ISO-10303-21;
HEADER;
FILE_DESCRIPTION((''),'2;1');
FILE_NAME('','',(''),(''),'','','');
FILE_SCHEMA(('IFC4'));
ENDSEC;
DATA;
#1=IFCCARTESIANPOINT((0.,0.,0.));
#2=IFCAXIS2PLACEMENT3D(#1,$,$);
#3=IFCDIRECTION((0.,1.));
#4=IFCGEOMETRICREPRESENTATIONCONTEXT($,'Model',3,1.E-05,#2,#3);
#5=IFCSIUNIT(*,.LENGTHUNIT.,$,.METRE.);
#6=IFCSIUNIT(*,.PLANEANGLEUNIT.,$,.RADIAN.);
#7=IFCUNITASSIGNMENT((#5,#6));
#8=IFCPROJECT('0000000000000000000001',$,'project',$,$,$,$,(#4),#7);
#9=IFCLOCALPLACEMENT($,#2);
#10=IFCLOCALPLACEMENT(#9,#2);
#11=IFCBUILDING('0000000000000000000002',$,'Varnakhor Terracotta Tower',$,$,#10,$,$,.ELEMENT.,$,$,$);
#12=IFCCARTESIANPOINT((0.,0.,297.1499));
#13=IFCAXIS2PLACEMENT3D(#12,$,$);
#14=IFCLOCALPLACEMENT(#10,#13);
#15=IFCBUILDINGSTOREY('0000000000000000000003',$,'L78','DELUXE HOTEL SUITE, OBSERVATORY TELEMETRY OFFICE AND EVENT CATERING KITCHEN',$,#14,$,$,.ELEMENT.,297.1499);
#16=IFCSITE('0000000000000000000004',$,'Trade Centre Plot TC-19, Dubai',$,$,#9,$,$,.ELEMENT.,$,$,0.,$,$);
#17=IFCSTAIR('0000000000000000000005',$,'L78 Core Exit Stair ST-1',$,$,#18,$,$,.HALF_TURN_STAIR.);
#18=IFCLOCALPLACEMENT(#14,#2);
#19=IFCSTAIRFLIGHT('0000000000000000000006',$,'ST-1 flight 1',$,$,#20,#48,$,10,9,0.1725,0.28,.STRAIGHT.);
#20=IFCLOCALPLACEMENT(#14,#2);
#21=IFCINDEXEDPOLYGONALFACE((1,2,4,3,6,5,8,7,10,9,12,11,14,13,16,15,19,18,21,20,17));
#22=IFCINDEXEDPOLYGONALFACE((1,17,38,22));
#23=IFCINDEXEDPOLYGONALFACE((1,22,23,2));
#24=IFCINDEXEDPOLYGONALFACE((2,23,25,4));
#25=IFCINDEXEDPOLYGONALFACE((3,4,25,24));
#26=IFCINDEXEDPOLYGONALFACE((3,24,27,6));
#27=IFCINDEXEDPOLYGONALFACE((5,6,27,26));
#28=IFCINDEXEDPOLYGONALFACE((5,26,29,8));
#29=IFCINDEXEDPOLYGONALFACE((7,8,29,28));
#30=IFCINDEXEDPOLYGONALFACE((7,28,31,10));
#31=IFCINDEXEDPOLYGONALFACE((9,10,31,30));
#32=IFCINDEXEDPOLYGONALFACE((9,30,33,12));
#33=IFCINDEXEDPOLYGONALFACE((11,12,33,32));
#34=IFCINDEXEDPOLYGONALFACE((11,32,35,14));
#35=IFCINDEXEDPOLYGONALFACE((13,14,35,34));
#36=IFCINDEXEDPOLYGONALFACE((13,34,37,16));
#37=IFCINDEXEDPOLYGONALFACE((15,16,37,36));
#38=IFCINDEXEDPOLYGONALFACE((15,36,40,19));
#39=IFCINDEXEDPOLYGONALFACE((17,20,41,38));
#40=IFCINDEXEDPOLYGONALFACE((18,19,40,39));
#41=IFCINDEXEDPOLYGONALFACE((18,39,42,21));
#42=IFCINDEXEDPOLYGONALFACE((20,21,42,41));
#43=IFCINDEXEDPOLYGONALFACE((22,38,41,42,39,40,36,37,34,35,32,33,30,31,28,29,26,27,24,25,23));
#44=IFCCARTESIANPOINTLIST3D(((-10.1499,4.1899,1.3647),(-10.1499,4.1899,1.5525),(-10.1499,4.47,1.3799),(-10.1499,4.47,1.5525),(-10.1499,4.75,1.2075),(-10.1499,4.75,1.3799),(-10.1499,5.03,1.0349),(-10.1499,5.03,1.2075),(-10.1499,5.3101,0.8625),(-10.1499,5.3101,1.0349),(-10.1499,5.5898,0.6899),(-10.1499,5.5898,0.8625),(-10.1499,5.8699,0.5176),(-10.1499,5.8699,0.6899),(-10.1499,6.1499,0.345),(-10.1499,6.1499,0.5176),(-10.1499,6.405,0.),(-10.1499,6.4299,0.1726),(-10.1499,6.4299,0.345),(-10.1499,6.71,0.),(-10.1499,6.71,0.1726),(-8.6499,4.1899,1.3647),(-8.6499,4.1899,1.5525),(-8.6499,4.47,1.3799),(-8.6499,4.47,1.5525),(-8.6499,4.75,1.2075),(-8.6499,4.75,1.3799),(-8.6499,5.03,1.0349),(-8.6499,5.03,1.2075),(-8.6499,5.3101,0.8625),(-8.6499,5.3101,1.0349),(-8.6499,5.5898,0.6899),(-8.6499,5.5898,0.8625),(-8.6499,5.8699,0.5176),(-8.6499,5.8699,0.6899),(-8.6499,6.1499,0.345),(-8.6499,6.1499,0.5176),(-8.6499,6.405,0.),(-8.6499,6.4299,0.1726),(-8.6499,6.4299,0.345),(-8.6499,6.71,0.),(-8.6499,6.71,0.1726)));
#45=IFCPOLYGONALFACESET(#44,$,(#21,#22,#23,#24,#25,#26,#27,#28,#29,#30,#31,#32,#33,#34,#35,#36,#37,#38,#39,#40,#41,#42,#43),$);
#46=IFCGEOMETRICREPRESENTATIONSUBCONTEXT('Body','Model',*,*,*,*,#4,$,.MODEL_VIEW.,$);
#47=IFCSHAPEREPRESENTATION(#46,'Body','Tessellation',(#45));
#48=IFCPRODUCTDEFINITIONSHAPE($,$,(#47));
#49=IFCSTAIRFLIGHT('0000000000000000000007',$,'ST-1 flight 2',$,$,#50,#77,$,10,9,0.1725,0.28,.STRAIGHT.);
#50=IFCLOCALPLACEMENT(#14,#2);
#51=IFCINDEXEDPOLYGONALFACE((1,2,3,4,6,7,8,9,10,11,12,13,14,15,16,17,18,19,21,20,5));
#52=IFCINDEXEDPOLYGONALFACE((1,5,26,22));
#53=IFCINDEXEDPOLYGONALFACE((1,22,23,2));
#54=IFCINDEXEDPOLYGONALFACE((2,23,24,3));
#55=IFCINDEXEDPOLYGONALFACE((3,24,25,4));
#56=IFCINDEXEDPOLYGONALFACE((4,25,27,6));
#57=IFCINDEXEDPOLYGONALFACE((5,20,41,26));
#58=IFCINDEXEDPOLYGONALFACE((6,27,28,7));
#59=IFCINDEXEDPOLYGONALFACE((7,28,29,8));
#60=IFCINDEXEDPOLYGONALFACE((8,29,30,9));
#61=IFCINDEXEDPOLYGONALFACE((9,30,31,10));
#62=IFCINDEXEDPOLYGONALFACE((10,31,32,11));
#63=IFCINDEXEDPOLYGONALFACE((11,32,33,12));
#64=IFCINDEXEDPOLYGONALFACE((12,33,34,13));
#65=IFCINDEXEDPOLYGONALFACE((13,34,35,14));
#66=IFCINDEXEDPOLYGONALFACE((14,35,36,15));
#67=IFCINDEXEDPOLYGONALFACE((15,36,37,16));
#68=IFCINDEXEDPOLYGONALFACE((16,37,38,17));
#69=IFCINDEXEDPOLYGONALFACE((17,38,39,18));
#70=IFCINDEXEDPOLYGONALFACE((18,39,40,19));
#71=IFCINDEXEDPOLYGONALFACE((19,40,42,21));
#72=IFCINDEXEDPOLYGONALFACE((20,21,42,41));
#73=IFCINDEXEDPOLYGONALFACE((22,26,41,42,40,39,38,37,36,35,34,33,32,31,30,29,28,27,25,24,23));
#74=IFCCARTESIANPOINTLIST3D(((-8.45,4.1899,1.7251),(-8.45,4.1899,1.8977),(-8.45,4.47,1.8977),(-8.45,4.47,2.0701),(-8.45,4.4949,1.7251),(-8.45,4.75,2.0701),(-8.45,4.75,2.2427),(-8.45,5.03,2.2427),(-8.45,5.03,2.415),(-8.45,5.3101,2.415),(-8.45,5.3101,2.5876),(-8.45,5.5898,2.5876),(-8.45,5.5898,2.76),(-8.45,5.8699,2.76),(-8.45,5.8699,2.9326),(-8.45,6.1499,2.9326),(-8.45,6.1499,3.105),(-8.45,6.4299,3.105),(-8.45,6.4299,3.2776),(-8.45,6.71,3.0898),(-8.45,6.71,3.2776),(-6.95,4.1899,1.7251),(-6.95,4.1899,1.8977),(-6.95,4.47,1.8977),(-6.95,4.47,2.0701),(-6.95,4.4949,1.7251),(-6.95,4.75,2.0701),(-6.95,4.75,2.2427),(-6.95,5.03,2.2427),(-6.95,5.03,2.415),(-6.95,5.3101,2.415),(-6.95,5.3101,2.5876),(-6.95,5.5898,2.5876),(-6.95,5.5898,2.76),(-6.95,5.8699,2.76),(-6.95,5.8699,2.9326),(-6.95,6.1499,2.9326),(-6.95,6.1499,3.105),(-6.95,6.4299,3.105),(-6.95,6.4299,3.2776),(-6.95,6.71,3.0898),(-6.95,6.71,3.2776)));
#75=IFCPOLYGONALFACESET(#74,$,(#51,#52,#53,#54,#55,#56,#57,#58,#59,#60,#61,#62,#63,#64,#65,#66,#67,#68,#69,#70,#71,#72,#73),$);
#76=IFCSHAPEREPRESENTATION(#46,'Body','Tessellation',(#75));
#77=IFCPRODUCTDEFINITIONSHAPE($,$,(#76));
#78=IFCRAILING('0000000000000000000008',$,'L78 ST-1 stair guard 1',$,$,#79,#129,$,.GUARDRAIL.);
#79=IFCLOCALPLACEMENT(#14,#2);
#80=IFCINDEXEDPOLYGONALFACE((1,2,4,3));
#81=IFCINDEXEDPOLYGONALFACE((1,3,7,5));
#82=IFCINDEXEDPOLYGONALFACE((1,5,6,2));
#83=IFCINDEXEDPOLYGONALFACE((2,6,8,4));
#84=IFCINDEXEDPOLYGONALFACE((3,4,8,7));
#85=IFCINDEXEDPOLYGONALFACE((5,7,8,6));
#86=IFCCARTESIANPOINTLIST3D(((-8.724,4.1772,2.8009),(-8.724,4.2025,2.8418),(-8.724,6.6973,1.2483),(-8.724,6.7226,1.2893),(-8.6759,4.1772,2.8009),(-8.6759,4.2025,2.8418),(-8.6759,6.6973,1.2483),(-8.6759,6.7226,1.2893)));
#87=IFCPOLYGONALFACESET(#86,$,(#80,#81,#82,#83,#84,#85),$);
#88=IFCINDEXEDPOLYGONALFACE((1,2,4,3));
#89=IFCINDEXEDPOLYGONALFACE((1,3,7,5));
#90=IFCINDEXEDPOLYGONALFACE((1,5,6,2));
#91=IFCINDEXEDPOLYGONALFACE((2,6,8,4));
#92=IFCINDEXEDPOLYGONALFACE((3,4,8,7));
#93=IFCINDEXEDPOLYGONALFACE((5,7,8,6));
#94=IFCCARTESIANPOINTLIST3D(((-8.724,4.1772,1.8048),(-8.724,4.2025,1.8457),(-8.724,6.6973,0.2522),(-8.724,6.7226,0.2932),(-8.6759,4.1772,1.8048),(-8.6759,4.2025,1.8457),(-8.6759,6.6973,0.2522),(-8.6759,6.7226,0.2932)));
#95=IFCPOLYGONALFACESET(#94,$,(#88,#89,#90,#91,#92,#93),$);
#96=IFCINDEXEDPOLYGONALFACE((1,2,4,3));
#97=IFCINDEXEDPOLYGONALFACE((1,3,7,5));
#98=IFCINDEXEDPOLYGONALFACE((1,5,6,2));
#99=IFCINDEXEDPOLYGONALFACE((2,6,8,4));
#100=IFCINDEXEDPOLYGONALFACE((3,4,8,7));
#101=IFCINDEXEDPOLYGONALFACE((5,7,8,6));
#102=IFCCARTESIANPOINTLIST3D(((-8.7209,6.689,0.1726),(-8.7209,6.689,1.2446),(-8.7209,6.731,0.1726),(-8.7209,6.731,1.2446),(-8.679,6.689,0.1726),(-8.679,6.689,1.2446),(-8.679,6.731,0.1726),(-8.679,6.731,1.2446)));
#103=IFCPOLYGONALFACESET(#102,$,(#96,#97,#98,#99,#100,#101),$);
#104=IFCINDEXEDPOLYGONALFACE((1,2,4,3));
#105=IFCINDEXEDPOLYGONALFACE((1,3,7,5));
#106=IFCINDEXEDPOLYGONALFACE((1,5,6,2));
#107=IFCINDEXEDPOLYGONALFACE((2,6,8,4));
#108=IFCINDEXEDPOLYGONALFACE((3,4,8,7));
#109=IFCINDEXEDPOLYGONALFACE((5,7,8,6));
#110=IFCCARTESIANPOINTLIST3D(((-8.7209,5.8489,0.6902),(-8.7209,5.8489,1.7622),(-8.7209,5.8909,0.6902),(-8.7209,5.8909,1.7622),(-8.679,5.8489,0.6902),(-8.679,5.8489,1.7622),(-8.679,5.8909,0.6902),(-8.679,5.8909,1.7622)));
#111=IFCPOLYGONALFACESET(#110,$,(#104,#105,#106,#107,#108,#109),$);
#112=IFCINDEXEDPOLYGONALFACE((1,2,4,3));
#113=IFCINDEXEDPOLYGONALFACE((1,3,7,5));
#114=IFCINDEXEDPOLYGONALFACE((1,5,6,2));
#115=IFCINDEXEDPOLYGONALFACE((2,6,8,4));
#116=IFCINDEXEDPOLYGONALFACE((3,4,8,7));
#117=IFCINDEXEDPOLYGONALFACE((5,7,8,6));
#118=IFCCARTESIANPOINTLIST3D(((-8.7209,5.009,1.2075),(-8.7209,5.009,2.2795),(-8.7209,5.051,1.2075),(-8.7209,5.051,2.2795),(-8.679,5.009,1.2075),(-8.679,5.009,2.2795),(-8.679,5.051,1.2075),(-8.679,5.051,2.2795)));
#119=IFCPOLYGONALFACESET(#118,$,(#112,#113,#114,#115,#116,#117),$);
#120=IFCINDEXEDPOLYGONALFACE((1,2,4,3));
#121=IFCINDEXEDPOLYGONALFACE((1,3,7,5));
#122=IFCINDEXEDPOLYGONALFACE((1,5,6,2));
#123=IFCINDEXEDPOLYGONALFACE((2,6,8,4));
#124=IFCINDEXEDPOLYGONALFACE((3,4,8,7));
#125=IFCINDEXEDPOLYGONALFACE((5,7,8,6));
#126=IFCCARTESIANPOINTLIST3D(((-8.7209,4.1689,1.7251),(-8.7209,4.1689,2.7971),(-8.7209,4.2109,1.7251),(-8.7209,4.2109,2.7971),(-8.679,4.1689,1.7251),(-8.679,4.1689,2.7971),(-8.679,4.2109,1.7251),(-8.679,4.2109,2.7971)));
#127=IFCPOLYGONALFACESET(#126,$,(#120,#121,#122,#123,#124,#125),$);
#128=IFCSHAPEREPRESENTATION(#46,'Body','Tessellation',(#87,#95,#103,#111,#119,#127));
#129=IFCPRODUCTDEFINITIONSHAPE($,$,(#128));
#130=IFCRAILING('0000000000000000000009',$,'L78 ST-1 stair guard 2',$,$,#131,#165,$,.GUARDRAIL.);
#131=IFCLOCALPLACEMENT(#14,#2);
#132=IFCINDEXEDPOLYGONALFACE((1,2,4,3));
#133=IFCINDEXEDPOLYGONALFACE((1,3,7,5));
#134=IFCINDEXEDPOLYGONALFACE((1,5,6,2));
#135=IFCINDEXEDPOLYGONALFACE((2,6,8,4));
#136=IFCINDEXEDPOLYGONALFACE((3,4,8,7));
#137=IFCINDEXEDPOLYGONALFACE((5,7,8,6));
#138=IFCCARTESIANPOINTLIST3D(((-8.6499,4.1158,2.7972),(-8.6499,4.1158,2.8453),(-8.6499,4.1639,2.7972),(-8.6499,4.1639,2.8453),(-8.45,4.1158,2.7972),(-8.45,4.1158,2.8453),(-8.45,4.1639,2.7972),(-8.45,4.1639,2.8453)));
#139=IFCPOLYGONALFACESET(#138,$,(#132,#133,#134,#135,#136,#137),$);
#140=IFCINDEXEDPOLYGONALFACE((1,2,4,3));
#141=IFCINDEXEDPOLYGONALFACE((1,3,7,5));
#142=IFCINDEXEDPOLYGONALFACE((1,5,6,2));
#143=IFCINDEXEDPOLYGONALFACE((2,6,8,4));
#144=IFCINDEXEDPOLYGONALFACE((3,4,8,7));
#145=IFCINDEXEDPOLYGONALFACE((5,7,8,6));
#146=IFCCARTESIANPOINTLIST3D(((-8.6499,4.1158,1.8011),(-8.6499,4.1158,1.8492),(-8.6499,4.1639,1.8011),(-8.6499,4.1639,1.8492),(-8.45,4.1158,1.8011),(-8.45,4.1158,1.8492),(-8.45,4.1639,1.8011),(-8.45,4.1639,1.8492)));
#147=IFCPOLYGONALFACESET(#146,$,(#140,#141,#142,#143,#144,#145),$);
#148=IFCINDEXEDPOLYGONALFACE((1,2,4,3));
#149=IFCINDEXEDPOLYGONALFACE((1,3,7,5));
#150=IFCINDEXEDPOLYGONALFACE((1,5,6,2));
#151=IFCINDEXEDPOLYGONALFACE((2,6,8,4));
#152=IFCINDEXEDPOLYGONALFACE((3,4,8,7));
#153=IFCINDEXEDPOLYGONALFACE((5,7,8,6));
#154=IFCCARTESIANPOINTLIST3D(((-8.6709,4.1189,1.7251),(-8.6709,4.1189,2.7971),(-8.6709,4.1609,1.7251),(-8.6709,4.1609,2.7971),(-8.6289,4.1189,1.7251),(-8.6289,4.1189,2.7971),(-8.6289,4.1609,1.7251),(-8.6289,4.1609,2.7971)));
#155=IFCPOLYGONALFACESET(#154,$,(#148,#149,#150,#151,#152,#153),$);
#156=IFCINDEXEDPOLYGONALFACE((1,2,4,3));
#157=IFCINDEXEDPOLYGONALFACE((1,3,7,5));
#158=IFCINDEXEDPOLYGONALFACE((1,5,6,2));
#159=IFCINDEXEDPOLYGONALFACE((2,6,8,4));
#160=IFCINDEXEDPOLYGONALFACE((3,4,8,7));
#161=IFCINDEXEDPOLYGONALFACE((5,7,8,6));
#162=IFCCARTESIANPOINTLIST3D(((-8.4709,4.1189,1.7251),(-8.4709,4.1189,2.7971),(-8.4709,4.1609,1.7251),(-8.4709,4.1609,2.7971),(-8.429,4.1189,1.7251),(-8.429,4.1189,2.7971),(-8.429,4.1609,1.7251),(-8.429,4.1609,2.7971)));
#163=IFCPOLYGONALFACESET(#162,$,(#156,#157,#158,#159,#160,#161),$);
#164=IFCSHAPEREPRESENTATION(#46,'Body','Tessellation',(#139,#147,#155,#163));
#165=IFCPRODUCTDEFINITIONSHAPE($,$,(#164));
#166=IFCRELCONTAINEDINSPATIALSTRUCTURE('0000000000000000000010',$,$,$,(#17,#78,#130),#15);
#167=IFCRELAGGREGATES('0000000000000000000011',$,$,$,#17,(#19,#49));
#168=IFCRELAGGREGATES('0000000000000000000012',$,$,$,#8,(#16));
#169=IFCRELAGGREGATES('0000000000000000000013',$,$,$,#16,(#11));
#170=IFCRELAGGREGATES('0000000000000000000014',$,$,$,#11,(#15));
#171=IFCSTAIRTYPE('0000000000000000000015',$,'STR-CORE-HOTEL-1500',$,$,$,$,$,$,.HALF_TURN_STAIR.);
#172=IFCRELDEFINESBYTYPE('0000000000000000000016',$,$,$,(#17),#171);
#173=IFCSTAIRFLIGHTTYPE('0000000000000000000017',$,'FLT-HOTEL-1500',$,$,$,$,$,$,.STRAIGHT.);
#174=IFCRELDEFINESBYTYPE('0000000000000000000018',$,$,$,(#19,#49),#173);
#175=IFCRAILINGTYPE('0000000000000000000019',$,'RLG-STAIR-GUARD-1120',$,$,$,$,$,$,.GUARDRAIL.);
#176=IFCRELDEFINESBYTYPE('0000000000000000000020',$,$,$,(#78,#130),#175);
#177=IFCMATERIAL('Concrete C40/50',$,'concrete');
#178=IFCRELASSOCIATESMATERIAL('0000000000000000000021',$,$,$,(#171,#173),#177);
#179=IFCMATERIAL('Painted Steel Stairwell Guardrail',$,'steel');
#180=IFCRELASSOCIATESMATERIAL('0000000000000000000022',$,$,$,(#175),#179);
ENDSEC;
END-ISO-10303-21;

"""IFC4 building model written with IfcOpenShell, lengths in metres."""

from ifc_helpers import new_model, si_unit, direction, frame, origin, origin_2d, place, context, subcontext, project, spatial, polyline, rectangle, outline, extrude, material, type_object, element, aggregate, save


model = new_model("IFC4")

# Units and contexts
model_context = context("Model", 3, precision=1e-05, world=origin(), true_north=direction((0.0, 1.0)))
body_context = subcontext(model_context, "Body", "Model", "MODEL_VIEW")
ifc_project = project(units=[si_unit("LENGTHUNIT", "METRE"), si_unit("PLANEANGLEUNIT", "RADIAN")], contexts=[model_context])

# Site, building, storey
site_placement = place(None, origin())
site = spatial("IfcSite", under=ifc_project, at=site_placement, Name="Trade Centre Plot TC-19, Dubai", CompositionType="ELEMENT", RefElevation=0.0)
building_placement = place(site_placement, origin())
building = spatial("IfcBuilding", under=site, at=building_placement, Name="Varnakhor Terracotta Tower", CompositionType="ELEMENT")
storey_placement = place(building_placement, frame((0.0, 0.0, 297.1499)))
storey = spatial("IfcBuildingStorey", under=building, at=storey_placement, Name="L78", Description="DELUXE HOTEL SUITE, OBSERVATORY TELEMETRY OFFICE AND EVENT CATERING KITCHEN", CompositionType="ELEMENT", Elevation=297.1499)

# Shared definitions
ifc_material_1 = material(Name="Concrete C40/50", Category="concrete")

# Stair, stair flights
stair_type = type_object("IfcStairType", Name="STR-CORE-HOTEL-1500", PredefinedType="HALF_TURN_STAIR", material=ifc_material_1)
stair_placement = place(storey_placement, origin())
stair = element("IfcStair", 1, at=stair_placement, inside=storey, type_object=stair_type, Name="L78 Core Exit Stair ST-1", PredefinedType="HALF_TURN_STAIR")
stair_flight_type = type_object("IfcStairFlightType", Name="FLT-HOTEL-1500", PredefinedType="STRAIGHT", material=ifc_material_1)
stair_flight_1_placement = place(storey_placement, frame((-9.3999, 6.71, 0.0), z_axis=(0.0, 0.0, 1.0), x_axis=(0.0, -1.0, 0.0)))
stair_flight_1 = element("IfcStairFlight", 2, at=stair_flight_1_placement, type_object=stair_flight_type, Name="ST-1 flight 1", NumberOfRisers=10, NumberOfTreads=9, PredefinedType="STRAIGHT", RiserHeight=0.1725, TreadLength=0.28, context=body_context, shape_type="SweptSolid", body=[
    extrude(outline(polyline([(0.0, 0.0), (0.0, 0.1726), (0.28, 0.1726), (0.28, 0.345), (0.5601, 0.345), (0.5601, 0.5176), (0.8401, 0.5176), (0.8401, 0.6899), (1.1201, 0.6899), (1.1201, 0.8625), (1.3999, 0.8625), (1.3999, 1.0349), (1.6799, 1.0349), (1.6799, 1.2075), (1.96, 1.2075), (1.96, 1.3799), (2.24, 1.3799), (2.24, 1.5525), (2.52, 1.5525), (2.52, 1.7251), (2.52, 1.3647), (0.3049, 0.0), (0.0, 0.0)])), frame((0.0, 0.75, 0.0), z_axis=(0.0, -1.0, 0.0), x_axis=(1.0, 0.0, 0.0)), (0.0, 0.0, 1.0), 1.5),
])
stair_flight_2_placement = place(storey_placement, frame((-7.7, 4.1899, 1.7251), z_axis=(0.0, 0.0, 1.0), x_axis=(0.0, 1.0, 0.0)))
stair_flight_2 = element("IfcStairFlight", 3, at=stair_flight_2_placement, type_object=stair_flight_type, Name="ST-1 flight 2", NumberOfRisers=10, NumberOfTreads=9, PredefinedType="STRAIGHT", RiserHeight=0.1725, TreadLength=0.28, context=body_context, shape_type="SweptSolid", body=[
    extrude(outline(polyline([(0.0, 0.0), (0.0, 0.1726), (0.28, 0.1726), (0.28, 0.345), (0.5601, 0.345), (0.5601, 0.5176), (0.8401, 0.5176), (0.8401, 0.6899), (1.1201, 0.6899), (1.1201, 0.8625), (1.3999, 0.8625), (1.3999, 1.0349), (1.6799, 1.0349), (1.6799, 1.2075), (1.96, 1.2075), (1.96, 1.3799), (2.24, 1.3799), (2.24, 1.5525), (2.52, 1.5525), (2.52, 1.7251), (2.52, 1.3647), (0.3049, 0.0), (0.0, 0.0)])), frame((0.0, 0.75, 0.0), z_axis=(0.0, -1.0, 0.0), x_axis=(1.0, 0.0, 0.0)), (0.0, 0.0, 1.0), 1.5),
])
aggregate(stair, [stair_flight_1, stair_flight_2])

# Railings
ifc_material_2 = material(Name="Painted Steel Stairwell Guardrail", Category="steel")
railing_type_1 = type_object("IfcRailingType", Name="RLG-STAIR-GUARD-1120", PredefinedType="GUARDRAIL", material=ifc_material_2)
railing_1_placement = place(storey_placement, frame((-8.7, 6.71, 0.1726)))
element("IfcRailing", 4, at=railing_1_placement, inside=storey, type_object=railing_type_1, Name="L78 ST-1 stair guard 1", PredefinedType="GUARDRAIL", context=body_context, shape_type="SweptSolid", body=[
    extrude(rectangle(XDim=0.0481, YDim=0.0481, at=origin_2d()), frame((0.0, 0.0, 1.0962), z_axis=(0.0, -0.8514, 0.524516), x_axis=(1.0, 0.0, 0.0)), (0.0, 0.0, 1.0), 2.96),
    extrude(rectangle(XDim=0.0481, YDim=0.0481, at=origin_2d()), frame((0.0, 0.0, 0.1001), z_axis=(0.0, -0.8514, 0.524516), x_axis=(1.0, 0.0, 0.0)), (0.0, 0.0, 1.0), 2.96),
    extrude(rectangle(XDim=0.042, YDim=0.042, at=origin_2d()), origin(), (0.0, 0.0, 1.0), 1.072),
    extrude(rectangle(XDim=0.042, YDim=0.042, at=origin_2d()), frame((0.0, -0.8401, 0.5176)), (0.0, 0.0, 1.0), 1.072),
    extrude(rectangle(XDim=0.042, YDim=0.042, at=origin_2d()), frame((0.0, -1.6799, 1.0349)), (0.0, 0.0, 1.0), 1.072),
    extrude(rectangle(XDim=0.042, YDim=0.042, at=origin_2d()), frame((0.0, -2.52, 1.5525)), (0.0, 0.0, 1.0), 1.072),
])
railing_2_placement = place(storey_placement, frame((-8.6499, 4.1399, 1.7251)))
element("IfcRailing", 5, at=railing_2_placement, inside=storey, type_object=railing_type_1, Name="L78 ST-1 stair guard 2", PredefinedType="GUARDRAIL", context=body_context, shape_type="SweptSolid", body=[
    extrude(rectangle(XDim=0.0481, YDim=0.0481, at=origin_2d()), frame((0.0, 0.0, 1.0962), z_axis=(1.0, 0.0, 0.0), x_axis=(0.0, 1.0, 0.0)), (0.0, 0.0, 1.0), 0.2),
    extrude(rectangle(XDim=0.0481, YDim=0.0481, at=origin_2d()), frame((0.0, 0.0, 0.1001), z_axis=(1.0, 0.0, 0.0), x_axis=(0.0, 1.0, 0.0)), (0.0, 0.0, 1.0), 0.2),
    extrude(rectangle(XDim=0.042, YDim=0.042, at=origin_2d()), origin(), (0.0, 0.0, 1.0), 1.072),
    extrude(rectangle(XDim=0.042, YDim=0.042, at=origin_2d()), frame((0.2, 0.0, 0.0)), (0.0, 0.0, 1.0), 1.072),
])

save(model, "model.ifc")
